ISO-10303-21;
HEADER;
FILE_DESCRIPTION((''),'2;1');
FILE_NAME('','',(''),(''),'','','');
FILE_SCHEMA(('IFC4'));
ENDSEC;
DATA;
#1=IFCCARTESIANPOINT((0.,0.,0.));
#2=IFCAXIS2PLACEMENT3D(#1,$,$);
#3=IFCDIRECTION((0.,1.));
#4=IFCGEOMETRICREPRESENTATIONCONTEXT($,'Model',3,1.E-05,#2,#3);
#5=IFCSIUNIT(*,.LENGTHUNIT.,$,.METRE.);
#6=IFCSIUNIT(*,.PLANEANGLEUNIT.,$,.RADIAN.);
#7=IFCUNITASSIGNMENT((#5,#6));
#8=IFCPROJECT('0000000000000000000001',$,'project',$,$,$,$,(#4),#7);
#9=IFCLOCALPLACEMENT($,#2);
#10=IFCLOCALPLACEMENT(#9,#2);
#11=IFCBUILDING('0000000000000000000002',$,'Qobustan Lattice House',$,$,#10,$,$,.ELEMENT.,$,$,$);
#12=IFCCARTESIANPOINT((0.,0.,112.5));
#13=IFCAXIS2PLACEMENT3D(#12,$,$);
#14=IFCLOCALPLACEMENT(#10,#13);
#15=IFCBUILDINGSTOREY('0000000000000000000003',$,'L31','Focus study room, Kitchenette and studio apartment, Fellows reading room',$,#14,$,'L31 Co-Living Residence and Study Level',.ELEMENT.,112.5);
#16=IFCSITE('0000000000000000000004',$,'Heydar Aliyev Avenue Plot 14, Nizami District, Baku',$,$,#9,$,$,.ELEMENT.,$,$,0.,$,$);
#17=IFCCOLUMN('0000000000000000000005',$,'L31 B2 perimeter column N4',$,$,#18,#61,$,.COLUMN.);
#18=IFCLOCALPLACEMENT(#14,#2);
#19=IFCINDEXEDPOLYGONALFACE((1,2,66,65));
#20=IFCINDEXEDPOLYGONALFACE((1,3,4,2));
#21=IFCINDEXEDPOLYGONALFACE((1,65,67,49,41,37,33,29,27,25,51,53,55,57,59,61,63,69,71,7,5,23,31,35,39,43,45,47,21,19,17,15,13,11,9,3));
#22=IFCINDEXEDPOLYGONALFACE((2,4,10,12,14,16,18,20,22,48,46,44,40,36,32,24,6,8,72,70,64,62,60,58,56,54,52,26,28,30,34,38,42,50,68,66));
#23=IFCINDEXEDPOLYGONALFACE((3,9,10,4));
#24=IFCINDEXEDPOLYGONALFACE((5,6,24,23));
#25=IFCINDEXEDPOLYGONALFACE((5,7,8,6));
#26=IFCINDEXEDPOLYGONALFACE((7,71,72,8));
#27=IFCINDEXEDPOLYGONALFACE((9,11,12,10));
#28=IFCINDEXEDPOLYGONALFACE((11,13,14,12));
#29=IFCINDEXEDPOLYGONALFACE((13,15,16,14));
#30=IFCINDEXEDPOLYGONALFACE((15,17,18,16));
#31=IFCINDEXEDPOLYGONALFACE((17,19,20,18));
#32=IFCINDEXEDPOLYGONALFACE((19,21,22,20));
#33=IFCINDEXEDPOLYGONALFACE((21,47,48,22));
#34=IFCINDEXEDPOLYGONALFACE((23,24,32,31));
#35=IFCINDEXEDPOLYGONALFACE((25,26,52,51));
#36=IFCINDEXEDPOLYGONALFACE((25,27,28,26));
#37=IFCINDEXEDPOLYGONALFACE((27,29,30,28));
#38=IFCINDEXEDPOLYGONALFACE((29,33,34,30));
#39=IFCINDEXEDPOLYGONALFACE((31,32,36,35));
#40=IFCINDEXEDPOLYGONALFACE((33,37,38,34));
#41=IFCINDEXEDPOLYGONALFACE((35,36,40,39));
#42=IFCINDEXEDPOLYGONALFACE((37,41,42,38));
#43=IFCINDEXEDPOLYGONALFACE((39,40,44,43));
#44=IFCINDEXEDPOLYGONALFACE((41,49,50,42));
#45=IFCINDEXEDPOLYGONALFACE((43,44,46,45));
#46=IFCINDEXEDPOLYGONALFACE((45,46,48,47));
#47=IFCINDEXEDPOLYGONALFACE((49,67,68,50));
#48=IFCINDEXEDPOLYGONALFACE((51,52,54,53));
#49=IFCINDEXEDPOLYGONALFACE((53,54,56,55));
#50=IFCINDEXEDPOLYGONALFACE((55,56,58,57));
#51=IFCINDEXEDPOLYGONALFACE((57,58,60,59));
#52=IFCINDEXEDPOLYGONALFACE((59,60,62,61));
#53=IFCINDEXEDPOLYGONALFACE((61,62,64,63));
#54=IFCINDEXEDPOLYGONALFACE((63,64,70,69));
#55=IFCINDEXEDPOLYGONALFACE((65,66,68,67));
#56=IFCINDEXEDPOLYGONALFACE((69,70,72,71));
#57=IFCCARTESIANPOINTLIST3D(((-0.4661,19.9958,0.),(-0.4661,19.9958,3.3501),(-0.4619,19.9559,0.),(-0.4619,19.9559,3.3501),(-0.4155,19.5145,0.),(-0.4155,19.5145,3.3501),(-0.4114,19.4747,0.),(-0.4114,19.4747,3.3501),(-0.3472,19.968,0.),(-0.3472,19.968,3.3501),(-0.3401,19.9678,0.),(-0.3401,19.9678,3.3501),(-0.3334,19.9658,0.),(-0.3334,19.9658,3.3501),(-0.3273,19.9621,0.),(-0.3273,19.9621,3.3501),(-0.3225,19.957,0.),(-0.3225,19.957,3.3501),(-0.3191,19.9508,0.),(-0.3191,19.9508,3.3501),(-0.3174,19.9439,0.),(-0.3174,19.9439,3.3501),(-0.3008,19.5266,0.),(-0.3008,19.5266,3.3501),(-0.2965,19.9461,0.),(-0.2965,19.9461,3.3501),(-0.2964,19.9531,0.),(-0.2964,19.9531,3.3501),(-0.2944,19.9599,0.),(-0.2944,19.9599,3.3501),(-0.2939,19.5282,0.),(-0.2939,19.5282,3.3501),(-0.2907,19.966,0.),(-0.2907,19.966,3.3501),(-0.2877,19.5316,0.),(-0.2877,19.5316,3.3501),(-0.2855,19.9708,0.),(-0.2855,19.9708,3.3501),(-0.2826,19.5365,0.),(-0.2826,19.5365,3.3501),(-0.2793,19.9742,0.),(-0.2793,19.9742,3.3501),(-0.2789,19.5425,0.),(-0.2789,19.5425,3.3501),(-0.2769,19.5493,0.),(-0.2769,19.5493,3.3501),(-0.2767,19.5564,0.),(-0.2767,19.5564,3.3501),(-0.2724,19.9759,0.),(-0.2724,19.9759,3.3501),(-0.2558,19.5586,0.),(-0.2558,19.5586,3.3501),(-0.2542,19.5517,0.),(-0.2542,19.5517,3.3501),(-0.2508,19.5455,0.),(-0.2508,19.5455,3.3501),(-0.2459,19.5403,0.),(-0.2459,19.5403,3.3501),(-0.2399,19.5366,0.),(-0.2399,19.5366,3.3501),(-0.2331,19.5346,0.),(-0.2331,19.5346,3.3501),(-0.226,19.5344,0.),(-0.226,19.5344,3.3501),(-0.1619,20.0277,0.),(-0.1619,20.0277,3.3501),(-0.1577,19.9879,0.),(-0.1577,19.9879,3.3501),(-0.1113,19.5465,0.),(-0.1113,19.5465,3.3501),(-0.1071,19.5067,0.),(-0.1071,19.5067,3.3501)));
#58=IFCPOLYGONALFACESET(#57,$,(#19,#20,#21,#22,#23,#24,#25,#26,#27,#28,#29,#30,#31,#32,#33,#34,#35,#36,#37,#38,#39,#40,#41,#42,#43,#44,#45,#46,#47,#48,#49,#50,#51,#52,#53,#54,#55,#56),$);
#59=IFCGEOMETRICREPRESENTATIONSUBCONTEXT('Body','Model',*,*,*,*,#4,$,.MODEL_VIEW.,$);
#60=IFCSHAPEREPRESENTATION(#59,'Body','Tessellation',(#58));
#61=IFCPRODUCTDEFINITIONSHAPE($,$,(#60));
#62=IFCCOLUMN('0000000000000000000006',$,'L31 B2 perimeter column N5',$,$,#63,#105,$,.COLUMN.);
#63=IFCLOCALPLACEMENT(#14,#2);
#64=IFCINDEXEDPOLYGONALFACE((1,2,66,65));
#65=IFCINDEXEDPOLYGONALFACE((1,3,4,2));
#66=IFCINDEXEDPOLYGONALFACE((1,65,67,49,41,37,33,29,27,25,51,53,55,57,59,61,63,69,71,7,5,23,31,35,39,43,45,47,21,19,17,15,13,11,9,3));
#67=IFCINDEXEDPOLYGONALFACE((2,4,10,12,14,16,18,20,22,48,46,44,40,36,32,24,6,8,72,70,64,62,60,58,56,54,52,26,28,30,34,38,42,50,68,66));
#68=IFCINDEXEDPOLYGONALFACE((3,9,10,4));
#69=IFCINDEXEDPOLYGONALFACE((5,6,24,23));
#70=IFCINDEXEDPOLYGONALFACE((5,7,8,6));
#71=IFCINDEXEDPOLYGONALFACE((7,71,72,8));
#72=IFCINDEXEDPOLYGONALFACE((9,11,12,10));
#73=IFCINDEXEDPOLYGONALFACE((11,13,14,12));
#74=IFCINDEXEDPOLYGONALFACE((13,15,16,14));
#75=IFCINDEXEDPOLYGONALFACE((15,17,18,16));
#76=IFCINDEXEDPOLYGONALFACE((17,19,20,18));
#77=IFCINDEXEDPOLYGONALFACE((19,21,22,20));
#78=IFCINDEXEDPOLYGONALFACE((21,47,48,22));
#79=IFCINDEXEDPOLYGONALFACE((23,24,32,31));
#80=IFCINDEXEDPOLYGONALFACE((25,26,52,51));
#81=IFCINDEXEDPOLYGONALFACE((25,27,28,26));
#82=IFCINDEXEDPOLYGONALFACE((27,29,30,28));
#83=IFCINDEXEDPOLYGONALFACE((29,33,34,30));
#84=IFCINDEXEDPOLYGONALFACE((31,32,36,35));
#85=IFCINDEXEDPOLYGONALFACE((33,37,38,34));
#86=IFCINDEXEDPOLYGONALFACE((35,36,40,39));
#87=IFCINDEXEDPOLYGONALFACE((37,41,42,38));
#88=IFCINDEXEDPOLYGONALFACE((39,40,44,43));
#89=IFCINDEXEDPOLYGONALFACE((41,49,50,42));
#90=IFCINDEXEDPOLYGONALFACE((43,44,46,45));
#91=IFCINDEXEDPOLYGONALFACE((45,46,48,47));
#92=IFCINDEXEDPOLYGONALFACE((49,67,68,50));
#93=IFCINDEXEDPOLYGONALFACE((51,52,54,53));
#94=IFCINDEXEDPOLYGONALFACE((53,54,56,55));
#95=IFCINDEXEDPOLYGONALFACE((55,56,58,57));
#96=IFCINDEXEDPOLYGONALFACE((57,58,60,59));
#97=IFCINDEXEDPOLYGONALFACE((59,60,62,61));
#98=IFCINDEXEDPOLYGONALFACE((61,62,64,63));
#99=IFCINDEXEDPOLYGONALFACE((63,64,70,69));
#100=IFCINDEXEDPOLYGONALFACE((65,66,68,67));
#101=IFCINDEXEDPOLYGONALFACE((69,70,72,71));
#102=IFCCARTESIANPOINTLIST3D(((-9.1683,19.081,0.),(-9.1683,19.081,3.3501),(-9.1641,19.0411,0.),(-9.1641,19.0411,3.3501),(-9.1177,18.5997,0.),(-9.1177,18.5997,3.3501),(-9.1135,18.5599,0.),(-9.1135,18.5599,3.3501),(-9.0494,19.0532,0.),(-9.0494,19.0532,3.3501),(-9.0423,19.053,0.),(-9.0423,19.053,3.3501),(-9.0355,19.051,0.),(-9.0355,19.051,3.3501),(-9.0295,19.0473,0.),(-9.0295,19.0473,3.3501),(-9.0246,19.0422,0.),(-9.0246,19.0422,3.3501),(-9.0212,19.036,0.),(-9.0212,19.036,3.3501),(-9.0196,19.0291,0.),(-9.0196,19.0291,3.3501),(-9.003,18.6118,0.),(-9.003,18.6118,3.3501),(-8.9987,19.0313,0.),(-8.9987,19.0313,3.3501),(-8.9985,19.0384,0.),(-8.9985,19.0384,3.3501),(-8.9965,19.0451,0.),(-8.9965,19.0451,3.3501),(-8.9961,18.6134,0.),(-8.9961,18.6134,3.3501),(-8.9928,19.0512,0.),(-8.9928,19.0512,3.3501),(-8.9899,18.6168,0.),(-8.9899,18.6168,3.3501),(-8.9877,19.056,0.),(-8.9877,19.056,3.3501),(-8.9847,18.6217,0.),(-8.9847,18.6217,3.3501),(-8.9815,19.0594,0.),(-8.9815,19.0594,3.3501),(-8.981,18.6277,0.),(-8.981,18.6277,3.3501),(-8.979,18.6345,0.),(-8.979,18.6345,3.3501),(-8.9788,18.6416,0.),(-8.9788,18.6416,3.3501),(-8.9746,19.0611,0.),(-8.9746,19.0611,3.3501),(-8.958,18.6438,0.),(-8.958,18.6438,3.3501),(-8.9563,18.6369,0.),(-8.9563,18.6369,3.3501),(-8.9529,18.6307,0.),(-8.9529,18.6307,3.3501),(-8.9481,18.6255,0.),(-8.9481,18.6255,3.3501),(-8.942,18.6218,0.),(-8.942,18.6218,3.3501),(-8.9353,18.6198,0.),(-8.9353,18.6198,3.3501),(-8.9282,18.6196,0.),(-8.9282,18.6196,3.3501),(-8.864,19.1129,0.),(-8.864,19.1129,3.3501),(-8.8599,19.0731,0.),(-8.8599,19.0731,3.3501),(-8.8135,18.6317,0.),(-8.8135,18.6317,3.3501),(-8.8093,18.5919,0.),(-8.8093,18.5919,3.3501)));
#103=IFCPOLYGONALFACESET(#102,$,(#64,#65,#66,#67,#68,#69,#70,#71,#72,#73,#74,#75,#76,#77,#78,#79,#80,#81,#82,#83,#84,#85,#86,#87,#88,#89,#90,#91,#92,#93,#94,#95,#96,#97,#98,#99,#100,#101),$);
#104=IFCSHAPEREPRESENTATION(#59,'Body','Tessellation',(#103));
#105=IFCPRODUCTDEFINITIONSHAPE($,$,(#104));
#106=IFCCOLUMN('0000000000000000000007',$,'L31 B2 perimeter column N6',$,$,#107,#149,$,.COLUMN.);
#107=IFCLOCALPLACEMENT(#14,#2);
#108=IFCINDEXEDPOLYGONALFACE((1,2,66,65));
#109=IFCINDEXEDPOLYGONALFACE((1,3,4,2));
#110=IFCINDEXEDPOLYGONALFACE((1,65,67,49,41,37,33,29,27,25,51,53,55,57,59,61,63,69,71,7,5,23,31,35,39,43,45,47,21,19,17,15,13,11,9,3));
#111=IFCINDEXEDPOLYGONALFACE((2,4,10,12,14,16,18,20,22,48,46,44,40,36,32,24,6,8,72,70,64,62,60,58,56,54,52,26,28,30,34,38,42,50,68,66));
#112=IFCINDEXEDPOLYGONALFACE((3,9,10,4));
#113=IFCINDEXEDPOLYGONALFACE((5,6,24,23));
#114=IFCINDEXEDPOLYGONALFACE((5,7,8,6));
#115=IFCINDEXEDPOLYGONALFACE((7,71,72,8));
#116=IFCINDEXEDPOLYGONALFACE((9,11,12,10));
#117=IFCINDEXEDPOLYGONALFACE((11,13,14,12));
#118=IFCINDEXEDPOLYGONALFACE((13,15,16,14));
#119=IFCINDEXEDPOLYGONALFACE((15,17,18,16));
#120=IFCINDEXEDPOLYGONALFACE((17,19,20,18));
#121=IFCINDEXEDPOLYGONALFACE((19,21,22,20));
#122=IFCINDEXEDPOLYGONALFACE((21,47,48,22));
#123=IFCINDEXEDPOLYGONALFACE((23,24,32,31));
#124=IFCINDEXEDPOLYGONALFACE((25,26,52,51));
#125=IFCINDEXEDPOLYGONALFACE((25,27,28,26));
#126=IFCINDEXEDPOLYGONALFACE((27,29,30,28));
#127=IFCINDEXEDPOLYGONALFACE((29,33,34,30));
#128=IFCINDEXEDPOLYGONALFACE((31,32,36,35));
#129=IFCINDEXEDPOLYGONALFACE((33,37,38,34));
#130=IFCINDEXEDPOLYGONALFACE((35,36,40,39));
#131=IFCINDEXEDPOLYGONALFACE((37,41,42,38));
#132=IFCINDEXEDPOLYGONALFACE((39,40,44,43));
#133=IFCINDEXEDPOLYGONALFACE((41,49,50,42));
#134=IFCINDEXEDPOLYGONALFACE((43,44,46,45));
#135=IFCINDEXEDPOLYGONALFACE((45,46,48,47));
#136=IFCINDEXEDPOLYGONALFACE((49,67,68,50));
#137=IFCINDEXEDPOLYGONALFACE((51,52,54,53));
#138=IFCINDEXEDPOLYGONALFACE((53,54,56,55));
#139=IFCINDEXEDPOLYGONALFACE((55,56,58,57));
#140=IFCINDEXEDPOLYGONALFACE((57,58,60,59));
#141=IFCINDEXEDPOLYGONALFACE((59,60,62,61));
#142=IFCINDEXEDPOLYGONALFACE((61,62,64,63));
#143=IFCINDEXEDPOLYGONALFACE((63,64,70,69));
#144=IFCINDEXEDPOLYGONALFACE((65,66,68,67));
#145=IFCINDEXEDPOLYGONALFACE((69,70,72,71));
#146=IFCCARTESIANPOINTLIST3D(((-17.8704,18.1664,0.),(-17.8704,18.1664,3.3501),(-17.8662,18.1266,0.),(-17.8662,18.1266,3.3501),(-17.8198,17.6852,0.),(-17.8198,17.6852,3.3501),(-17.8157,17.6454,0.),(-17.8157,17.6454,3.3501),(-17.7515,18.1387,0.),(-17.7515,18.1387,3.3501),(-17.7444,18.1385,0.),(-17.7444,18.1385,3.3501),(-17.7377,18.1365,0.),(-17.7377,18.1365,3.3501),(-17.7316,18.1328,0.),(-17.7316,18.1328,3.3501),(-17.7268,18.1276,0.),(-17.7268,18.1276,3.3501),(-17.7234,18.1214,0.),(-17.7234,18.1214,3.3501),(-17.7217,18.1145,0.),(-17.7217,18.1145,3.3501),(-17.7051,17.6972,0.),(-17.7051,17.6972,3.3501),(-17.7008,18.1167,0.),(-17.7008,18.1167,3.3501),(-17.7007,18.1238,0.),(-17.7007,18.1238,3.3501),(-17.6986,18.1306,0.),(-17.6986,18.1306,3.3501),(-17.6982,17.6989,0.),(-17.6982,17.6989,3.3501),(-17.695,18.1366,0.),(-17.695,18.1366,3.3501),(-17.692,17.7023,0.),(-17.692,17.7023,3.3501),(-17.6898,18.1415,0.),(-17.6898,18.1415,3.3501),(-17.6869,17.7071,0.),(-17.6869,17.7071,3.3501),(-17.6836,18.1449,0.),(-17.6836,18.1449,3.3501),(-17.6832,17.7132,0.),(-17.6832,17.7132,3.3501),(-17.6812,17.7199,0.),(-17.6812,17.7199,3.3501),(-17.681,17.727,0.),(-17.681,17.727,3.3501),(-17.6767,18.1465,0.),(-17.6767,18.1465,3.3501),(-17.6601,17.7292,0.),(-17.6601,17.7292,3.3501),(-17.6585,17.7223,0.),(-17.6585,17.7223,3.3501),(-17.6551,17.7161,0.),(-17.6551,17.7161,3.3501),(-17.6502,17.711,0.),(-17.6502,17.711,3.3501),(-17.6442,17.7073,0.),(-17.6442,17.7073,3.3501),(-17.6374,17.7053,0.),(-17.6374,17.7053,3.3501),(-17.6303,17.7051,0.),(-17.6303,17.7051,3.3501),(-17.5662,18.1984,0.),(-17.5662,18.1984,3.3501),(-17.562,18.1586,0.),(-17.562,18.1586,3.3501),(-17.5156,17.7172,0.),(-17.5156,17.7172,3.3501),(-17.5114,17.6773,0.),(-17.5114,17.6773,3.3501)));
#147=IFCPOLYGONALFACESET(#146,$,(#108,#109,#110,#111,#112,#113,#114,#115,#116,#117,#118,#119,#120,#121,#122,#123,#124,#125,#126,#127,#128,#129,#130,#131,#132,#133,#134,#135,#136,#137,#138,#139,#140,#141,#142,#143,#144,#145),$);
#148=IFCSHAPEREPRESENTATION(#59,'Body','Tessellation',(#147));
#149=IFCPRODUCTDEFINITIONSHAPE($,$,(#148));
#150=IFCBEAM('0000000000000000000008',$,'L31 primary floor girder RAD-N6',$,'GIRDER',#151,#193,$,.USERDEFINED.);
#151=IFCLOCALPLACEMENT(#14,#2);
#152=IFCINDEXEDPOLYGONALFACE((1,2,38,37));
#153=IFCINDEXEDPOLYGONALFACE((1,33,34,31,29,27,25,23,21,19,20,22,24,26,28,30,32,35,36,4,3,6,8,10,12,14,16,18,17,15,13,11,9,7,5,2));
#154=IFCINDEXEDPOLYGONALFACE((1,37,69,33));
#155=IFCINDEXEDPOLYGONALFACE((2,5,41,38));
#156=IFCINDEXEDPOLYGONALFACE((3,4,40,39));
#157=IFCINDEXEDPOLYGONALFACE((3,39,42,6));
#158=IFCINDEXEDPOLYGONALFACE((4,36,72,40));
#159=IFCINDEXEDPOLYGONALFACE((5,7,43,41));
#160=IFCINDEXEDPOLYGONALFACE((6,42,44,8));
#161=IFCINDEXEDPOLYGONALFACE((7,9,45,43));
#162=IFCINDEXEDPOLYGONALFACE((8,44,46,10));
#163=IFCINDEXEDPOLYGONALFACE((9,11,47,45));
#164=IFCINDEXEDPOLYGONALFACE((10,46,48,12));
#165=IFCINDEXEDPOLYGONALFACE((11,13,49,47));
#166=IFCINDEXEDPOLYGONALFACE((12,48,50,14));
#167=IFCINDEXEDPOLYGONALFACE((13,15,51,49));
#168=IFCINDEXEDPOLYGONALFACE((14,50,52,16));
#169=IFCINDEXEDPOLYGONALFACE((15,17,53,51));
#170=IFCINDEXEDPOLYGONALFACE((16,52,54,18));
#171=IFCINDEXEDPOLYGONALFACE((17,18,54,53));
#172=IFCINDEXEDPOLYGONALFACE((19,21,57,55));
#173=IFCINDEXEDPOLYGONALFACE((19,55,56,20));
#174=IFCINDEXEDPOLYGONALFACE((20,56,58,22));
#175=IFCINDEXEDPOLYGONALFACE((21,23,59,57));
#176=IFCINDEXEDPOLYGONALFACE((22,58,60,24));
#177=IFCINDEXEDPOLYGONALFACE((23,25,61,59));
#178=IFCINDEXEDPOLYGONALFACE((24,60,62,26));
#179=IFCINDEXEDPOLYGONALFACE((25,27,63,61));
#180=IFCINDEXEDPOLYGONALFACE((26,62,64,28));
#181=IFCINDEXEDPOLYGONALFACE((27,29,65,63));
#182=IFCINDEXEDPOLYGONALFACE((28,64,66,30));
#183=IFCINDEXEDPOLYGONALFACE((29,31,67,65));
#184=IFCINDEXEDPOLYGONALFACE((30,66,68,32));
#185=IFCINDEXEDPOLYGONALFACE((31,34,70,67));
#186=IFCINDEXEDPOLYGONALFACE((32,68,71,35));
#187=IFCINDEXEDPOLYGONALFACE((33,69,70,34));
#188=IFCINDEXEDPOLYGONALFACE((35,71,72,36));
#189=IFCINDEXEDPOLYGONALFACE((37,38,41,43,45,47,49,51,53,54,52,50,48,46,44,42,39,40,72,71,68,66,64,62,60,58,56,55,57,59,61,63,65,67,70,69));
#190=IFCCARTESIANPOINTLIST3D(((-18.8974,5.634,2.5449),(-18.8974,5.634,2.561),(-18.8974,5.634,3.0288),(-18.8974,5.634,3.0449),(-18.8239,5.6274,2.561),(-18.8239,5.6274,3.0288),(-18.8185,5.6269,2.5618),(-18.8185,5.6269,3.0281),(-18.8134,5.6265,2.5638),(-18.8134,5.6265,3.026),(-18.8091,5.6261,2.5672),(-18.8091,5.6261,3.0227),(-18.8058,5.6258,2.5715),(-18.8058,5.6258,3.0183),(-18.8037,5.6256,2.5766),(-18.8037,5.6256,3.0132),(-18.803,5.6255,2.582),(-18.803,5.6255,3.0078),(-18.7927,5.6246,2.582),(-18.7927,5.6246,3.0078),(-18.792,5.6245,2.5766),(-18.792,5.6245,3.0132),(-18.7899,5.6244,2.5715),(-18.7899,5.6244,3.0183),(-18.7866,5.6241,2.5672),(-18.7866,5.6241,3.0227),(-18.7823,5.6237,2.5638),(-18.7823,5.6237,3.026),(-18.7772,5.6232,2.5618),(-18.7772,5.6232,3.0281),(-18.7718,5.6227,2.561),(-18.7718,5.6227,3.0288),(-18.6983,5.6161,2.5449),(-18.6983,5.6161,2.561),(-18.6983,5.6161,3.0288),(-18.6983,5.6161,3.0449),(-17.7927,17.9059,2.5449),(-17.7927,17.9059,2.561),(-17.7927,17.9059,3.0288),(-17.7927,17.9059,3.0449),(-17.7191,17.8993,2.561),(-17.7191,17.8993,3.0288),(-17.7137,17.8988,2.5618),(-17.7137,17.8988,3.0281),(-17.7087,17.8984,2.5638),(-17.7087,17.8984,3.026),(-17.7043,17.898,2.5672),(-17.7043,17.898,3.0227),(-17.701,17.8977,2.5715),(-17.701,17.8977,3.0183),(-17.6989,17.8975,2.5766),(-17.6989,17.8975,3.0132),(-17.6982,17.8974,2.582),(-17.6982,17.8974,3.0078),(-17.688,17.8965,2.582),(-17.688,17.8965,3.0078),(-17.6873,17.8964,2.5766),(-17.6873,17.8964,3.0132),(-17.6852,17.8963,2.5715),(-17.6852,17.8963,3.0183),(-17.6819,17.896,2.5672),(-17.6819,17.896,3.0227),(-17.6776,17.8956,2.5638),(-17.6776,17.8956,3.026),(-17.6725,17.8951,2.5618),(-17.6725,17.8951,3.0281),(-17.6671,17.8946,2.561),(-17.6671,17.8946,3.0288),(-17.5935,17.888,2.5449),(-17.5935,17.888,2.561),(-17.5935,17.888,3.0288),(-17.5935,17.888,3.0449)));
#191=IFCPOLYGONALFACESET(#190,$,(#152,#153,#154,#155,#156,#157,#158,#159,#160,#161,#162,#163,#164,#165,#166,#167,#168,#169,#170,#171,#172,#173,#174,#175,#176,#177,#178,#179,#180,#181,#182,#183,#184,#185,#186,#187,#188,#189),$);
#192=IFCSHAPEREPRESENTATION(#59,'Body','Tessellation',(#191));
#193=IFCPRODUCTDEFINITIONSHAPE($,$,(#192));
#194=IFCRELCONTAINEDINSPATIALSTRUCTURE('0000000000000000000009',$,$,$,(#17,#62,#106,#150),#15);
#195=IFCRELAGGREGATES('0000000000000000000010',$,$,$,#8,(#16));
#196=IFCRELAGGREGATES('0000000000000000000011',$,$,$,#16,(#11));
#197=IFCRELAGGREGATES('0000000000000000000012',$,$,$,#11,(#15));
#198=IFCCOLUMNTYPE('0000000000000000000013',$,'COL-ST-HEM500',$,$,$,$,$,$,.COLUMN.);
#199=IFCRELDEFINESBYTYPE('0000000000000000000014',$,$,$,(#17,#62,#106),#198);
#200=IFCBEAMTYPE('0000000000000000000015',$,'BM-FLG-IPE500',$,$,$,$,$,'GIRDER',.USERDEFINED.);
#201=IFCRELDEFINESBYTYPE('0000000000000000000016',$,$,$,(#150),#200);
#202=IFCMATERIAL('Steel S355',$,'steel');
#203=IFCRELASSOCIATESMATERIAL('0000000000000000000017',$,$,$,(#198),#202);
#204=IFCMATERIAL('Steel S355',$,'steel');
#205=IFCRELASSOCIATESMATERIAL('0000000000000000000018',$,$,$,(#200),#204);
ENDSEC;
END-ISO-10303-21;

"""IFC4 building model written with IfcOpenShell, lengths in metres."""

from ifc_helpers import new_model, si_unit, direction, frame, origin, origin_2d, place, context, subcontext, project, spatial, i_section, extrude, material, material_profile, profile_set, type_object, element, save


model = new_model("IFC4")

# Units and contexts
model_context = context("Model", 3, precision=1e-05, world=origin(), true_north=direction((0.0, 1.0)))
body_context = subcontext(model_context, "Body", "Model", "MODEL_VIEW")
ifc_project = project(units=[si_unit("LENGTHUNIT", "METRE"), si_unit("PLANEANGLEUNIT", "RADIAN")], contexts=[model_context])

# Site, building, storey
site_placement = place(None, origin())
site = spatial("IfcSite", under=ifc_project, at=site_placement, Name="Heydar Aliyev Avenue Plot 14, Nizami District, Baku", CompositionType="ELEMENT", RefElevation=0.0)
building_placement = place(site_placement, origin())
building = spatial("IfcBuilding", under=site, at=building_placement, Name="Qobustan Lattice House", CompositionType="ELEMENT")
storey_placement = place(building_placement, frame((0.0, 0.0, 112.5)))
storey = spatial("IfcBuildingStorey", under=building, at=storey_placement, Name="L31", Description="Focus study room, Kitchenette and studio apartment, Fellows reading room", LongName="L31 Co-Living Residence and Study Level", CompositionType="ELEMENT", Elevation=112.5)

# Columns
ifc_material_1 = material(Name="Steel S355", Category="steel")
ifc_material_profile_1 = material_profile(ifc_material_1, i_section(OverallWidth=0.3059, OverallDepth=0.5239, WebThickness=0.021, FlangeThickness=0.04, FilletRadius=0.0271, at=origin_2d()), Name="HEM500")
ifc_profile_set_1 = profile_set([ifc_material_profile_1], Name="Steel S355")
column_type = type_object("IfcColumnType", Name="COL-ST-HEM500", PredefinedType="COLUMN", material=ifc_profile_set_1)
for number, where, z_axis, x_axis, name in (
    (1, (-0.2866, 19.7512, 0.0), (0.0, 0.0, 1.0), (0.994522, 0.104528, 0.0), "L31 B2 perimeter column N4"),
    (2, (-8.9888, 18.8364, 0.0), (0.0, 0.0, 1.0), (0.994522, 0.104528, 0.0), "L31 B2 perimeter column N5"),
    (3, (-17.6909, 17.9219, 0.0), (0.0, 0.0, 1.0), (0.994522, 0.104528, 0.0), "L31 B2 perimeter column N6"),
):
    element("IfcColumn", number, at=place(storey_placement, frame(where, z_axis=z_axis, x_axis=x_axis)), inside=storey, type_object=column_type, Name=name, PredefinedType="COLUMN", context=body_context, shape_type="SweptSolid", body=[
        extrude(i_section(OverallWidth=0.3059, OverallDepth=0.5239, WebThickness=0.021, FlangeThickness=0.04, FilletRadius=0.0271, at=origin_2d()), origin(), (0.0, 0.0, 1.0), 3.3501),
    ])

# Beam
ifc_material_2 = material(Name="Steel S355", Category="steel")
ifc_material_profile_2 = material_profile(ifc_material_2, i_section(OverallWidth=0.2, OverallDepth=0.5, WebThickness=0.0103, FlangeThickness=0.0161, FilletRadius=0.021, at=origin_2d()), Name="IPE500")
ifc_profile_set_2 = profile_set([ifc_material_profile_2], Name="Steel S355")
beam_type_1 = type_object("IfcBeamType", Name="BM-FLG-IPE500", ElementType="GIRDER", PredefinedType="USERDEFINED", material=ifc_profile_set_2)
beam_1_placement = place(storey_placement, frame((-17.6931, 17.897, 2.7949), z_axis=(-0.089659, -0.995973, 0.0), x_axis=(0.995973, -0.089659, 0.0)))
element("IfcBeam", 4, at=beam_1_placement, inside=storey, type_object=beam_type_1, Name="L31 primary floor girder RAD-N6", ObjectType="GIRDER", PredefinedType="USERDEFINED", context=body_context, shape_type="SweptSolid", body=[
    extrude(i_section(OverallWidth=0.2, OverallDepth=0.5, WebThickness=0.0103, FlangeThickness=0.0161, FilletRadius=0.021, at=origin_2d()), origin(), (0.0, 0.0, 1.0), 12.3215),
])

save(model, "model.ifc")
